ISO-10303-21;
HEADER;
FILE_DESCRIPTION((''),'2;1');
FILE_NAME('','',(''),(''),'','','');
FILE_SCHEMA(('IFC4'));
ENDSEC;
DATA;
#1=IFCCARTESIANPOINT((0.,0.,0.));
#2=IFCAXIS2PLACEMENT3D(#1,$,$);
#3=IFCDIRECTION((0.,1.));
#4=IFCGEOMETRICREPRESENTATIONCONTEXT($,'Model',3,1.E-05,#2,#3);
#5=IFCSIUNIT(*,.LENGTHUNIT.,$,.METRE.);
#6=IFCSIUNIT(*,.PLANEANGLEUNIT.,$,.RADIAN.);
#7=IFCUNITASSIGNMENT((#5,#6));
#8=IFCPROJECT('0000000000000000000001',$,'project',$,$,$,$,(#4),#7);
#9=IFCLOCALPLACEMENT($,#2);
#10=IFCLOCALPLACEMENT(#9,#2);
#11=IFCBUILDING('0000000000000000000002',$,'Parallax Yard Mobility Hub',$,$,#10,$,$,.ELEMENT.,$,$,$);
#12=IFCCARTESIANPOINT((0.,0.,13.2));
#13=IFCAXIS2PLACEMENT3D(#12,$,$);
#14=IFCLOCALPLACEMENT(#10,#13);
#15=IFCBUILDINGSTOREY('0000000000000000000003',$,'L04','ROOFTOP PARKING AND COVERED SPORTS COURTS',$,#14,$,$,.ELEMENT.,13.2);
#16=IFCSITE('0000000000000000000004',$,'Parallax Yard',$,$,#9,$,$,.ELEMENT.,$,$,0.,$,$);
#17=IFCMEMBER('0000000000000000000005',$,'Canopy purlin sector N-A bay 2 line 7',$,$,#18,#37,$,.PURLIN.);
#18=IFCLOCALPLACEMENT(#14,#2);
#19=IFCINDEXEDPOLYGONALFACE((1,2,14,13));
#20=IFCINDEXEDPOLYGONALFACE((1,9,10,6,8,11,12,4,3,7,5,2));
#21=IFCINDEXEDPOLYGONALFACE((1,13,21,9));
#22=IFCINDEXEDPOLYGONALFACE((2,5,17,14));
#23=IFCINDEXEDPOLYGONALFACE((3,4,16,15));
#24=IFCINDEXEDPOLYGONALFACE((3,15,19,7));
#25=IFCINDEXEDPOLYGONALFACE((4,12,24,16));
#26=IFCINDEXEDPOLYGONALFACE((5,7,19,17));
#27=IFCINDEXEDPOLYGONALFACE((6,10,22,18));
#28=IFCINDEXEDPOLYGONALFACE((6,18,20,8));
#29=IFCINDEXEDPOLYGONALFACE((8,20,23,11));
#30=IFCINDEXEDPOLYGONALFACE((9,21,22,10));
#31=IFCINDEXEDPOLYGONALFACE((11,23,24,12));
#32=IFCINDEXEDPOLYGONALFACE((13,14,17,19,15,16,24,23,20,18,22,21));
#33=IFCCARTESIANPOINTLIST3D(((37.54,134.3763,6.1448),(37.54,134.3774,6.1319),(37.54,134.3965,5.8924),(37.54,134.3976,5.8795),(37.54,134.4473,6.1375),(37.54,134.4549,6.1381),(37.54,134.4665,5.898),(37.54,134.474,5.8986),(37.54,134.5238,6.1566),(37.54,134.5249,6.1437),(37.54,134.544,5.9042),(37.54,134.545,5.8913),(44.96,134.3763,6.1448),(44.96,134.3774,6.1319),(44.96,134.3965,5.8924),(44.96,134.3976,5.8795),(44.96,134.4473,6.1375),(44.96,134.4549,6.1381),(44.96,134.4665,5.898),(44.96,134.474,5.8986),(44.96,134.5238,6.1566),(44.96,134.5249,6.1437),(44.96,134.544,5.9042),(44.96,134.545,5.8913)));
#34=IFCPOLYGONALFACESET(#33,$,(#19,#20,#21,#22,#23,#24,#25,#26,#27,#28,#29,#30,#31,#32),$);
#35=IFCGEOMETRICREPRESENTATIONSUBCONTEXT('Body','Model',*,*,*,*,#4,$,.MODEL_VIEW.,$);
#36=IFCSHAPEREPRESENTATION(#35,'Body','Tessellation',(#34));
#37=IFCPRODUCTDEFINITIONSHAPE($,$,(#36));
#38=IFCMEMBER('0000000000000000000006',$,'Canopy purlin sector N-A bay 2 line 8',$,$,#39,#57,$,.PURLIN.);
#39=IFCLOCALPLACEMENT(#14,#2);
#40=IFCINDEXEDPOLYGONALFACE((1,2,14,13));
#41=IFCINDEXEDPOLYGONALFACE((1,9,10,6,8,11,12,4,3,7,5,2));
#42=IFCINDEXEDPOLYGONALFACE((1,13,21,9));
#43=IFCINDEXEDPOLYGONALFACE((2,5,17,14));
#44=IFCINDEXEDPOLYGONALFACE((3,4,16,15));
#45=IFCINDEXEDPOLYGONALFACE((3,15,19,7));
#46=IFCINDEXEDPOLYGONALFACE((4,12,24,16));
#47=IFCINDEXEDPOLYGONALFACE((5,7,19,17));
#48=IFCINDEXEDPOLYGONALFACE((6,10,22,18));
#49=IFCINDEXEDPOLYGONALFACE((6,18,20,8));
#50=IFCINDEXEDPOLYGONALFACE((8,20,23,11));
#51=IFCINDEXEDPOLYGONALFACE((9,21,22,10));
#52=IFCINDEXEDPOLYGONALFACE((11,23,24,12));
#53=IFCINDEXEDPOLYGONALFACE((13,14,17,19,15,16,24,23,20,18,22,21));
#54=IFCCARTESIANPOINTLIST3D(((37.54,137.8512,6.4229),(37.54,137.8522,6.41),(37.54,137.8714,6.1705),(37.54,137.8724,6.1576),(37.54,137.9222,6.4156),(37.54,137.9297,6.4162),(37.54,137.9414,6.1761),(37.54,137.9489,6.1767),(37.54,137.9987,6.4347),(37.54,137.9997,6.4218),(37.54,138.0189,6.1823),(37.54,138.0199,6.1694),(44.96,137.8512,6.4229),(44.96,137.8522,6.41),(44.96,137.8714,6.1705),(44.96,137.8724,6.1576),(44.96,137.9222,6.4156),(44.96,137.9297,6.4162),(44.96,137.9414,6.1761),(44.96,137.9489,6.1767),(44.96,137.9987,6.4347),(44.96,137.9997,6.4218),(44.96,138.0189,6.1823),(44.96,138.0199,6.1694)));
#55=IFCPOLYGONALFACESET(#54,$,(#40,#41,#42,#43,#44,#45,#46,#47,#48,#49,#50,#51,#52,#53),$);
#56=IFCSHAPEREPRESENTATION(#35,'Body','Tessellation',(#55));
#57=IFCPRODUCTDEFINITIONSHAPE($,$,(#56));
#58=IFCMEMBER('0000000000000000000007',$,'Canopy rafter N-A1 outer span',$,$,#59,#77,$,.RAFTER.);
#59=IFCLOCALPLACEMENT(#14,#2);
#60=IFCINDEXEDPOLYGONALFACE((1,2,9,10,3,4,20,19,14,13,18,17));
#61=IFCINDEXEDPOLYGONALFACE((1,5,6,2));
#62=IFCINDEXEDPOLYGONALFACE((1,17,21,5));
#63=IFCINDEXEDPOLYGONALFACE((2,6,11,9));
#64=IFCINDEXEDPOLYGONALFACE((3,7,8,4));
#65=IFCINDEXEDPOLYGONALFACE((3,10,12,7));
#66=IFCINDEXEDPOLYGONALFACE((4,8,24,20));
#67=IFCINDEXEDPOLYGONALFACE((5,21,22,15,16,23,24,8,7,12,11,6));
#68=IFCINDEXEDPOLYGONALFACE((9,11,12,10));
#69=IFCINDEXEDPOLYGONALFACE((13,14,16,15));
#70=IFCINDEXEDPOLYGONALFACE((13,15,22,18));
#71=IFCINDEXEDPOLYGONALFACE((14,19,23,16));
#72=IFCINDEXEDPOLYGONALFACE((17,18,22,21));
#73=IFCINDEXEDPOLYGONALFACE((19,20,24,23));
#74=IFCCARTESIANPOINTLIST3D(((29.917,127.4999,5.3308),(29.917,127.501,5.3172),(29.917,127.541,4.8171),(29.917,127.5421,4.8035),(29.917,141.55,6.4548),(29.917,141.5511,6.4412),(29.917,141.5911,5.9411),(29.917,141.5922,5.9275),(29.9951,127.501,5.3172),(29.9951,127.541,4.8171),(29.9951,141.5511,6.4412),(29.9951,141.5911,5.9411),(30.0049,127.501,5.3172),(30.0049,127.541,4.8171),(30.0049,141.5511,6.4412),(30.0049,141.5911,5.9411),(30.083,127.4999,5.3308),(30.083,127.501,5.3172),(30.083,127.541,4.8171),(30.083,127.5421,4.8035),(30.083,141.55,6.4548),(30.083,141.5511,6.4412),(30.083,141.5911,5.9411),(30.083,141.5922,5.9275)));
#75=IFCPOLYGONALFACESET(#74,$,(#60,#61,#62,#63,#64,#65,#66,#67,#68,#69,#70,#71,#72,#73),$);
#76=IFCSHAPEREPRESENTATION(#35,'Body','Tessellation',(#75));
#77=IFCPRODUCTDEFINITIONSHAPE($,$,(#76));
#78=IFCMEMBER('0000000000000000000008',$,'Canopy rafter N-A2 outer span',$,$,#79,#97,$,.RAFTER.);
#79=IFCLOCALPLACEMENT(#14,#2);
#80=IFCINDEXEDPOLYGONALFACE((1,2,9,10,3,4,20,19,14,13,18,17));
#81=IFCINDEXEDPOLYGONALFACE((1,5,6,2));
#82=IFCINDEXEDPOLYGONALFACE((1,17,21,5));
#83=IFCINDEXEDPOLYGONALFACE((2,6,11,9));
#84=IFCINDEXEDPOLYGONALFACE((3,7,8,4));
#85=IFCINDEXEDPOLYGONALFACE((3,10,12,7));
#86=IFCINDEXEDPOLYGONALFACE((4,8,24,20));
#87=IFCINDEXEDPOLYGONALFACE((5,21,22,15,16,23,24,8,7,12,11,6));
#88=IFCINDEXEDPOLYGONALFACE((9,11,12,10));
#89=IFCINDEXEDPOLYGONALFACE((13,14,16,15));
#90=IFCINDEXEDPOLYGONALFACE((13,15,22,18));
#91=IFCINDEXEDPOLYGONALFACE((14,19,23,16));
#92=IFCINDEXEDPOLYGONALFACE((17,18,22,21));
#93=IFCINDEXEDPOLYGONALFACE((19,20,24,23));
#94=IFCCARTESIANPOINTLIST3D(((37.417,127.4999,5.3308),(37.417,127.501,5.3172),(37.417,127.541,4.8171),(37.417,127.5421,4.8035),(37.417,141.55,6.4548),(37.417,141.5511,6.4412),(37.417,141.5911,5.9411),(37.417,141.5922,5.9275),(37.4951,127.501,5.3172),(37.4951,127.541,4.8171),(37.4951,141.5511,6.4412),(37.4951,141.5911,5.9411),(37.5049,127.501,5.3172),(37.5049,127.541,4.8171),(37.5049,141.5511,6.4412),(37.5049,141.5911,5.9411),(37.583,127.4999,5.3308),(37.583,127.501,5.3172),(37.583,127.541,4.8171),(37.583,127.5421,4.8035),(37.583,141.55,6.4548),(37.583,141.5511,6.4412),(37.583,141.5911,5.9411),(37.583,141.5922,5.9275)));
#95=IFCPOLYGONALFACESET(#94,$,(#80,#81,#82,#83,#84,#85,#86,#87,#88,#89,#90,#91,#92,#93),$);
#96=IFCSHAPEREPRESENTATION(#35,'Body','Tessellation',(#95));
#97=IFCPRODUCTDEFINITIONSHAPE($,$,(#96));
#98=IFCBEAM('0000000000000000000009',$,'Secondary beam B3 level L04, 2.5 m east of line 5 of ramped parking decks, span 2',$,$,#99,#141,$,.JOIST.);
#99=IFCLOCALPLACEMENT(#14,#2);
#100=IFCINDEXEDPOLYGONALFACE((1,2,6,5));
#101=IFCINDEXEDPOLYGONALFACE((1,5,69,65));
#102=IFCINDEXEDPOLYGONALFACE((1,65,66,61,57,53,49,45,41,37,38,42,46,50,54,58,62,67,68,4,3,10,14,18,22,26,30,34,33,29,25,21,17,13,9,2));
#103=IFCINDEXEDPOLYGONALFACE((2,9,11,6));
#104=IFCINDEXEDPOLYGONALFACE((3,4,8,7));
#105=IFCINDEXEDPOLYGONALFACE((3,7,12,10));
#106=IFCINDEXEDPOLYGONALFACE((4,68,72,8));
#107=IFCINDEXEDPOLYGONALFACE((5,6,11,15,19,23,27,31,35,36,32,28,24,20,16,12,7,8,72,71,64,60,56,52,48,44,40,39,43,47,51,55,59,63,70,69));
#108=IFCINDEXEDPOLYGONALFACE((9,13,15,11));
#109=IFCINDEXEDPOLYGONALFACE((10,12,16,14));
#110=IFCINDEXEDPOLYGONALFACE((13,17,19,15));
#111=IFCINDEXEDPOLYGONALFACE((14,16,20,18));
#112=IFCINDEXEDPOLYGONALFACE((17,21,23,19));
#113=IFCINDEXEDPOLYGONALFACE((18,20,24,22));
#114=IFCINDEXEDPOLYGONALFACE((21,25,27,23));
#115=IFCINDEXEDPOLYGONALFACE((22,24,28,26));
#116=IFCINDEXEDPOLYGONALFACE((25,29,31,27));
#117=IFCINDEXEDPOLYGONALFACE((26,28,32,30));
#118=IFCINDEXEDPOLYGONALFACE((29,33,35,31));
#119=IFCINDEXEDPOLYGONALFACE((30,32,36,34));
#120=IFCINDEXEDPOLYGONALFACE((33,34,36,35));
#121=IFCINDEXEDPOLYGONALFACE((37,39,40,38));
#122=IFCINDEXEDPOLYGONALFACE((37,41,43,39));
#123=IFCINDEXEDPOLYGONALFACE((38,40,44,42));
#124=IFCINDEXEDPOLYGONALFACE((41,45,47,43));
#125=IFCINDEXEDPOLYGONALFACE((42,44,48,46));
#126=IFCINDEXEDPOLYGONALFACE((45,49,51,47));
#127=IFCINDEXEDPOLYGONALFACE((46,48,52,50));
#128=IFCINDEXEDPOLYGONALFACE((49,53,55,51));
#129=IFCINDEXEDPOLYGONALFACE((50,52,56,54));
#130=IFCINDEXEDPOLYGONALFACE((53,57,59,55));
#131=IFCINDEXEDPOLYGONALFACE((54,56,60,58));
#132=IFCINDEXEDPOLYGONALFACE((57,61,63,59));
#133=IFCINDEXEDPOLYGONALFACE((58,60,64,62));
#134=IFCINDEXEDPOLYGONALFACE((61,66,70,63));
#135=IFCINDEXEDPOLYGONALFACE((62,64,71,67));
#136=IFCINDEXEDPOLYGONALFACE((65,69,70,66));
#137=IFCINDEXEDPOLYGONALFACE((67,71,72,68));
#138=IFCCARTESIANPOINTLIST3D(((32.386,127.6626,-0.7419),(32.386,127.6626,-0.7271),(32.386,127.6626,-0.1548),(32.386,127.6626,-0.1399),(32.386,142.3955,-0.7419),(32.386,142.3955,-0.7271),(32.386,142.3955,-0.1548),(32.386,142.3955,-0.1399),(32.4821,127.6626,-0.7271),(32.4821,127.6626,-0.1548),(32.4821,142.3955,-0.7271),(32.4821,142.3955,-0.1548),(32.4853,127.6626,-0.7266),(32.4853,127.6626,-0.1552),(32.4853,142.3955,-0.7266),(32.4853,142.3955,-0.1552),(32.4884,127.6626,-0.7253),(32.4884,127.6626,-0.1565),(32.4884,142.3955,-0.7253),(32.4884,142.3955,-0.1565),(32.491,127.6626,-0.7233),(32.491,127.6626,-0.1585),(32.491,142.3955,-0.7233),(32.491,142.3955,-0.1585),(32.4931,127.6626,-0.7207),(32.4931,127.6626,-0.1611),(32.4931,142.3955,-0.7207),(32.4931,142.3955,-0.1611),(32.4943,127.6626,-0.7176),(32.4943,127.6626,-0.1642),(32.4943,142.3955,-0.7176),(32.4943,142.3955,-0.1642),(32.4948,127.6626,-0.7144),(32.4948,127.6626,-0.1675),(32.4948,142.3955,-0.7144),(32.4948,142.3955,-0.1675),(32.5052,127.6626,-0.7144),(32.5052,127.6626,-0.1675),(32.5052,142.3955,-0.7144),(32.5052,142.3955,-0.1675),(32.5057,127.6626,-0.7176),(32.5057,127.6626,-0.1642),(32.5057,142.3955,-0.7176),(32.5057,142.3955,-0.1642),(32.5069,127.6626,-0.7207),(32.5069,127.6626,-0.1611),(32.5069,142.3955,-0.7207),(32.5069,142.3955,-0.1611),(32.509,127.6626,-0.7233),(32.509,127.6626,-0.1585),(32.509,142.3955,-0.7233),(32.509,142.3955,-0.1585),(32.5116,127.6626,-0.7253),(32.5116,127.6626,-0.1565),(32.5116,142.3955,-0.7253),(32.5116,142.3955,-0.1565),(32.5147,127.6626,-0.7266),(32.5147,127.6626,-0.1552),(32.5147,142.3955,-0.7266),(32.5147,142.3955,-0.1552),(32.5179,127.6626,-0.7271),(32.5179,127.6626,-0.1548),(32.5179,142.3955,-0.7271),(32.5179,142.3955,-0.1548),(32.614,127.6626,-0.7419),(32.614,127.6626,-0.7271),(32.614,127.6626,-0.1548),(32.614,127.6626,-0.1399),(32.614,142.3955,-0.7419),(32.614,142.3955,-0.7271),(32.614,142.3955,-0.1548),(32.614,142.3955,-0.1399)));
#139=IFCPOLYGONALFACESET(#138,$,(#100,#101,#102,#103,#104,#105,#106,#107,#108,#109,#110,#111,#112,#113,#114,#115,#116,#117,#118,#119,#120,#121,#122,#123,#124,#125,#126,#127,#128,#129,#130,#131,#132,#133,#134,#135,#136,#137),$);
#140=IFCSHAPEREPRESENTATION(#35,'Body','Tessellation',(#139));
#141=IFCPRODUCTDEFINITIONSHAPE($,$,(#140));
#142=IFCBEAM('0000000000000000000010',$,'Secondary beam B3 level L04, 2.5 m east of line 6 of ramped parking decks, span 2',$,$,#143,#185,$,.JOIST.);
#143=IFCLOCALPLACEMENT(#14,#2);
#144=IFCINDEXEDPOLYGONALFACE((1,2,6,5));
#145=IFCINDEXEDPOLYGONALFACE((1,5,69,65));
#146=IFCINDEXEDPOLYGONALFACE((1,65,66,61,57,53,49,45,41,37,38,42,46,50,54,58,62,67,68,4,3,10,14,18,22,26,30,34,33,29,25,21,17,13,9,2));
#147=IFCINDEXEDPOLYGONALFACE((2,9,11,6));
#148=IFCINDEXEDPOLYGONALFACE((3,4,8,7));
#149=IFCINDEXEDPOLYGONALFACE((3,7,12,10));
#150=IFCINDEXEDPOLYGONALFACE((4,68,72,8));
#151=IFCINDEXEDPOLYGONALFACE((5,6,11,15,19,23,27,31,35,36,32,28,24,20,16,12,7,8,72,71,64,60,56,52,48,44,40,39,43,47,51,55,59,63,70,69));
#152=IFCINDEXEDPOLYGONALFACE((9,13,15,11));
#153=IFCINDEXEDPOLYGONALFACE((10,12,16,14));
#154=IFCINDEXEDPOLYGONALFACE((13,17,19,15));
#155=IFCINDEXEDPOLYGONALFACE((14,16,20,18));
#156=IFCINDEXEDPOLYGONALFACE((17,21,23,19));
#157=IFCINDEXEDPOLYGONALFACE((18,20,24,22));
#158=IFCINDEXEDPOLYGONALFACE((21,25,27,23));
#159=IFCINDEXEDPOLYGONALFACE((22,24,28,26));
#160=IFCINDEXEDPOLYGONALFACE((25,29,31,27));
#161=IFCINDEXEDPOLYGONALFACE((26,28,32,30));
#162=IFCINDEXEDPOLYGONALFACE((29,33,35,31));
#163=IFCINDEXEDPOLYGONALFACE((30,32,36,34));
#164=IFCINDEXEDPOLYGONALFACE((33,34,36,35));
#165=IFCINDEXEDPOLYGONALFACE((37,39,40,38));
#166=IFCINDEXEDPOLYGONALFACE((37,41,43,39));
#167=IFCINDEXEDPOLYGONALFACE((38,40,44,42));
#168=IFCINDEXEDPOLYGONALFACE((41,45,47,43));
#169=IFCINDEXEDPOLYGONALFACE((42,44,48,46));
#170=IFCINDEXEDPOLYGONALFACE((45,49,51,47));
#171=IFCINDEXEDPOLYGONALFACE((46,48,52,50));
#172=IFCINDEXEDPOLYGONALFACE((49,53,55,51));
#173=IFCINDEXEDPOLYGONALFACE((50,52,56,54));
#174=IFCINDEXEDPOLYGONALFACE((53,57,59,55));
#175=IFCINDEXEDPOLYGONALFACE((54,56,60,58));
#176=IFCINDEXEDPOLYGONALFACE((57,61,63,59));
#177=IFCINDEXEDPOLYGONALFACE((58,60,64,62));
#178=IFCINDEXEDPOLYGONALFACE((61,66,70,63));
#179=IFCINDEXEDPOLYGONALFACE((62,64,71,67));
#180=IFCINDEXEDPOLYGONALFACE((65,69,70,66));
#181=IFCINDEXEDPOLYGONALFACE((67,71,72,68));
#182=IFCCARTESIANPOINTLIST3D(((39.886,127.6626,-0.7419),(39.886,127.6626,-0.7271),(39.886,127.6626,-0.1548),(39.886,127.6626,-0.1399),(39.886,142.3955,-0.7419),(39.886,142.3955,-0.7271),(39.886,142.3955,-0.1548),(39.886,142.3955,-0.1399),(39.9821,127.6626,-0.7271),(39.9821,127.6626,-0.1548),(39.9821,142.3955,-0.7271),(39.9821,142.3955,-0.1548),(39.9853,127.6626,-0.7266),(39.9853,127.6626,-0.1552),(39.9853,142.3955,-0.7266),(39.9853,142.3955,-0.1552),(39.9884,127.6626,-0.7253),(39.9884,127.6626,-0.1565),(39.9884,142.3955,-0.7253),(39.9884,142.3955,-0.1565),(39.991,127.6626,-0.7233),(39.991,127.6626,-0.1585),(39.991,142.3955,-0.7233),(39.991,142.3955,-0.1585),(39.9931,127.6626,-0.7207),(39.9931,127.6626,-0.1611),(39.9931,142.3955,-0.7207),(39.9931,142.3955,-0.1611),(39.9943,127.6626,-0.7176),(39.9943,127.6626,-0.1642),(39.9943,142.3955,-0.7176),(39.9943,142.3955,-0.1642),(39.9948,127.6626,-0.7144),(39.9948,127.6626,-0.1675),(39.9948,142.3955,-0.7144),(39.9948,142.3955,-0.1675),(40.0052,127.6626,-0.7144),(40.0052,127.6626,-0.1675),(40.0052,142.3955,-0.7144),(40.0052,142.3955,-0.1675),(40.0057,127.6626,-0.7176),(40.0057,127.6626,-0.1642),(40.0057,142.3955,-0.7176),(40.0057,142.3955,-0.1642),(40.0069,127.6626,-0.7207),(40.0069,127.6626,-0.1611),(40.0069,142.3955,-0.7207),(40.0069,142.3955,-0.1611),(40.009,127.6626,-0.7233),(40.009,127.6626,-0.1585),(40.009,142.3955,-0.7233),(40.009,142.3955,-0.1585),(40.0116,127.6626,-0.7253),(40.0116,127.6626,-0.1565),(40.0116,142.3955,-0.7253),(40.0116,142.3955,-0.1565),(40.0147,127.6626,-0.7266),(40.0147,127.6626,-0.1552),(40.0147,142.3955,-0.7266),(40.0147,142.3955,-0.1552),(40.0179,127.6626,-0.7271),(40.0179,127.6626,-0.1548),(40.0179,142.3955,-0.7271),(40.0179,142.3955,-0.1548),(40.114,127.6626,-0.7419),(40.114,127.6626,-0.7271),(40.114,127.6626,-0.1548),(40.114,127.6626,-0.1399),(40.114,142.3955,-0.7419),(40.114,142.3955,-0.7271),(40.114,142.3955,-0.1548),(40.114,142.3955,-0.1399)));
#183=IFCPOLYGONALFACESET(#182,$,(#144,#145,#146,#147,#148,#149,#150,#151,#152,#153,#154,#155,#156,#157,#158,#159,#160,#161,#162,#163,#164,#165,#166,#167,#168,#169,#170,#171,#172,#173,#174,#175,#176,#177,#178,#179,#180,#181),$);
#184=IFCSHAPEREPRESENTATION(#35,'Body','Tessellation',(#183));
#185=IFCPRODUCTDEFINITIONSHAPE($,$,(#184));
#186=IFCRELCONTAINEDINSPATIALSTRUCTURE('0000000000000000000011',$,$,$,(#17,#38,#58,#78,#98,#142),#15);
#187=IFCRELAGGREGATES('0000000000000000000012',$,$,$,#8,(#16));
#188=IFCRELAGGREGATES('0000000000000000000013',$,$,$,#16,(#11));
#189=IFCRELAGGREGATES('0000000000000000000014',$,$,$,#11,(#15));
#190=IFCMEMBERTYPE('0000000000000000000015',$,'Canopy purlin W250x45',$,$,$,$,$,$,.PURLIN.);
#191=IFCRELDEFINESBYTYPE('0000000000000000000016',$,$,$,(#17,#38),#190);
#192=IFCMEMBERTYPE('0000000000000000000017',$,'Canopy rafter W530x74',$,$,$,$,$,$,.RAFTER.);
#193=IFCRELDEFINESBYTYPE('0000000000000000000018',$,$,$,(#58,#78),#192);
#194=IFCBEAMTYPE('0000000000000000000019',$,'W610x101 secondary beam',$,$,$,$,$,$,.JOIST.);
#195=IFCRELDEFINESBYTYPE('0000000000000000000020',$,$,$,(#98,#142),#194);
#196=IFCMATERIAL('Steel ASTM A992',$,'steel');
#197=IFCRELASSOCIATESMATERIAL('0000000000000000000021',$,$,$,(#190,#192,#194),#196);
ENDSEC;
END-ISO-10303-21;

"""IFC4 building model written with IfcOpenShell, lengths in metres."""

from ifc_helpers import new_model, si_unit, direction, frame, origin, origin_2d, place, context, subcontext, project, spatial, i_section, extrude, material, material_profile, profile_set, type_object, element, save


model = new_model("IFC4")

# Units and contexts
model_context = context("Model", 3, precision=1e-05, world=origin(), true_north=direction((0.0, 1.0)))
body_context = subcontext(model_context, "Body", "Model", "MODEL_VIEW")
ifc_project = project(units=[si_unit("LENGTHUNIT", "METRE"), si_unit("PLANEANGLEUNIT", "RADIAN")], contexts=[model_context])

# Site, building, storey
site_placement = place(None, origin())
site = spatial("IfcSite", under=ifc_project, at=site_placement, Name="Parallax Yard", CompositionType="ELEMENT", RefElevation=0.0)
building_placement = place(site_placement, origin())
building = spatial("IfcBuilding", under=site, at=building_placement, Name="Parallax Yard Mobility Hub", CompositionType="ELEMENT")
storey_placement = place(building_placement, frame((0.0, 0.0, 13.2)))
storey = spatial("IfcBuildingStorey", under=building, at=storey_placement, Name="L04", Description="ROOFTOP PARKING AND COVERED SPORTS COURTS", CompositionType="ELEMENT", Elevation=13.2)

# Members
ifc_material_1 = material(Name="Steel ASTM A992", Category="steel")
ifc_material_profile_1 = material_profile(ifc_material_1, i_section(OverallWidth=0.1479, OverallDepth=0.2661, WebThickness=0.0076, FlangeThickness=0.0129, at=origin_2d()), Name="W250x45")
ifc_profile_set_1 = profile_set([ifc_material_profile_1], Name="Steel ASTM A992")
member_type_1 = type_object("IfcMemberType", Name="Canopy purlin W250x45", PredefinedType="PURLIN", material=ifc_profile_set_1)
for number, where, z_axis, x_axis, name in (
    (1, (37.54, 134.4607, 6.0181), (1.0, 0.0, 0.0), (0.0, 0.996815, 0.079745), "Canopy purlin sector N-A bay 2 line 7"),
    (2, (37.54, 137.9355, 6.2961), (1.0, 0.0, 0.0), (0.0, 0.996815, 0.079745), "Canopy purlin sector N-A bay 2 line 8"),
):
    element("IfcMember", number, at=place(storey_placement, frame(where, z_axis=z_axis, x_axis=x_axis)), inside=storey, type_object=member_type_1, Name=name, PredefinedType="PURLIN", context=body_context, shape_type="SweptSolid", body=[
        extrude(i_section(OverallWidth=0.1479, OverallDepth=0.2661, WebThickness=0.0076, FlangeThickness=0.0129, at=origin_2d()), origin(), (0.0, 0.0, 1.0), 7.4199),
    ])
ifc_material_profile_2 = material_profile(ifc_material_1, i_section(OverallWidth=0.166, OverallDepth=0.5291, WebThickness=0.0098, FlangeThickness=0.0137, at=origin_2d()), Name="W530x74")
ifc_profile_set_2 = profile_set([ifc_material_profile_2], Name="Steel ASTM A992")
member_type_2 = type_object("IfcMemberType", Name="Canopy rafter W530x74", PredefinedType="RAFTER", material=ifc_profile_set_2)
for number, where, z_axis, x_axis, name in (
    (3, (30.0, 127.521, 5.0671), (0.0, 0.996815, 0.079747), (-1.0, 0.0, 0.0), "Canopy rafter N-A1 outer span"),
    (4, (37.5, 127.521, 5.0671), (0.0, 0.996815, 0.079747), (-1.0, 0.0, 0.0), "Canopy rafter N-A2 outer span"),
):
    element("IfcMember", number, at=place(storey_placement, frame(where, z_axis=z_axis, x_axis=x_axis)), inside=storey, type_object=member_type_2, Name=name, PredefinedType="RAFTER", context=body_context, shape_type="SweptSolid", body=[
        extrude(i_section(OverallWidth=0.166, OverallDepth=0.5291, WebThickness=0.0098, FlangeThickness=0.0137, at=origin_2d()), origin(), (0.0, 0.0, 1.0), 14.095),
    ])

# Beams
ifc_material_profile_3 = material_profile(ifc_material_1, i_section(OverallWidth=0.228, OverallDepth=0.6021, WebThickness=0.0105, FlangeThickness=0.0149, FilletRadius=0.0127, at=origin_2d()), Name="W610x101")
ifc_profile_set_3 = profile_set([ifc_material_profile_3], Name="Steel ASTM A992")
beam_type_1 = type_object("IfcBeamType", Name="W610x101 secondary beam", PredefinedType="JOIST", material=ifc_profile_set_3)
for number, where, z_axis, x_axis, name in (
    (5, (32.5, 127.6626, -0.4409), (0.0, 1.0, 0.0), (-1.0, 0.0, 0.0), "Secondary beam B3 level L04, 2.5 m east of line 5 of ramped parking decks, span 2"),
    (6, (40.0, 127.6626, -0.4409), (0.0, 1.0, 0.0), (-1.0, 0.0, 0.0), "Secondary beam B3 level L04, 2.5 m east of line 6 of ramped parking decks, span 2"),
):
    element("IfcBeam", number, at=place(storey_placement, frame(where, z_axis=z_axis, x_axis=x_axis)), inside=storey, type_object=beam_type_1, Name=name, PredefinedType="JOIST", context=body_context, shape_type="SweptSolid", body=[
        extrude(i_section(OverallWidth=0.228, OverallDepth=0.6021, WebThickness=0.0105, FlangeThickness=0.0149, FilletRadius=0.0127, at=origin_2d()), origin(), (0.0, 0.0, 1.0), 14.7329),
    ])

save(model, "model.ifc")
